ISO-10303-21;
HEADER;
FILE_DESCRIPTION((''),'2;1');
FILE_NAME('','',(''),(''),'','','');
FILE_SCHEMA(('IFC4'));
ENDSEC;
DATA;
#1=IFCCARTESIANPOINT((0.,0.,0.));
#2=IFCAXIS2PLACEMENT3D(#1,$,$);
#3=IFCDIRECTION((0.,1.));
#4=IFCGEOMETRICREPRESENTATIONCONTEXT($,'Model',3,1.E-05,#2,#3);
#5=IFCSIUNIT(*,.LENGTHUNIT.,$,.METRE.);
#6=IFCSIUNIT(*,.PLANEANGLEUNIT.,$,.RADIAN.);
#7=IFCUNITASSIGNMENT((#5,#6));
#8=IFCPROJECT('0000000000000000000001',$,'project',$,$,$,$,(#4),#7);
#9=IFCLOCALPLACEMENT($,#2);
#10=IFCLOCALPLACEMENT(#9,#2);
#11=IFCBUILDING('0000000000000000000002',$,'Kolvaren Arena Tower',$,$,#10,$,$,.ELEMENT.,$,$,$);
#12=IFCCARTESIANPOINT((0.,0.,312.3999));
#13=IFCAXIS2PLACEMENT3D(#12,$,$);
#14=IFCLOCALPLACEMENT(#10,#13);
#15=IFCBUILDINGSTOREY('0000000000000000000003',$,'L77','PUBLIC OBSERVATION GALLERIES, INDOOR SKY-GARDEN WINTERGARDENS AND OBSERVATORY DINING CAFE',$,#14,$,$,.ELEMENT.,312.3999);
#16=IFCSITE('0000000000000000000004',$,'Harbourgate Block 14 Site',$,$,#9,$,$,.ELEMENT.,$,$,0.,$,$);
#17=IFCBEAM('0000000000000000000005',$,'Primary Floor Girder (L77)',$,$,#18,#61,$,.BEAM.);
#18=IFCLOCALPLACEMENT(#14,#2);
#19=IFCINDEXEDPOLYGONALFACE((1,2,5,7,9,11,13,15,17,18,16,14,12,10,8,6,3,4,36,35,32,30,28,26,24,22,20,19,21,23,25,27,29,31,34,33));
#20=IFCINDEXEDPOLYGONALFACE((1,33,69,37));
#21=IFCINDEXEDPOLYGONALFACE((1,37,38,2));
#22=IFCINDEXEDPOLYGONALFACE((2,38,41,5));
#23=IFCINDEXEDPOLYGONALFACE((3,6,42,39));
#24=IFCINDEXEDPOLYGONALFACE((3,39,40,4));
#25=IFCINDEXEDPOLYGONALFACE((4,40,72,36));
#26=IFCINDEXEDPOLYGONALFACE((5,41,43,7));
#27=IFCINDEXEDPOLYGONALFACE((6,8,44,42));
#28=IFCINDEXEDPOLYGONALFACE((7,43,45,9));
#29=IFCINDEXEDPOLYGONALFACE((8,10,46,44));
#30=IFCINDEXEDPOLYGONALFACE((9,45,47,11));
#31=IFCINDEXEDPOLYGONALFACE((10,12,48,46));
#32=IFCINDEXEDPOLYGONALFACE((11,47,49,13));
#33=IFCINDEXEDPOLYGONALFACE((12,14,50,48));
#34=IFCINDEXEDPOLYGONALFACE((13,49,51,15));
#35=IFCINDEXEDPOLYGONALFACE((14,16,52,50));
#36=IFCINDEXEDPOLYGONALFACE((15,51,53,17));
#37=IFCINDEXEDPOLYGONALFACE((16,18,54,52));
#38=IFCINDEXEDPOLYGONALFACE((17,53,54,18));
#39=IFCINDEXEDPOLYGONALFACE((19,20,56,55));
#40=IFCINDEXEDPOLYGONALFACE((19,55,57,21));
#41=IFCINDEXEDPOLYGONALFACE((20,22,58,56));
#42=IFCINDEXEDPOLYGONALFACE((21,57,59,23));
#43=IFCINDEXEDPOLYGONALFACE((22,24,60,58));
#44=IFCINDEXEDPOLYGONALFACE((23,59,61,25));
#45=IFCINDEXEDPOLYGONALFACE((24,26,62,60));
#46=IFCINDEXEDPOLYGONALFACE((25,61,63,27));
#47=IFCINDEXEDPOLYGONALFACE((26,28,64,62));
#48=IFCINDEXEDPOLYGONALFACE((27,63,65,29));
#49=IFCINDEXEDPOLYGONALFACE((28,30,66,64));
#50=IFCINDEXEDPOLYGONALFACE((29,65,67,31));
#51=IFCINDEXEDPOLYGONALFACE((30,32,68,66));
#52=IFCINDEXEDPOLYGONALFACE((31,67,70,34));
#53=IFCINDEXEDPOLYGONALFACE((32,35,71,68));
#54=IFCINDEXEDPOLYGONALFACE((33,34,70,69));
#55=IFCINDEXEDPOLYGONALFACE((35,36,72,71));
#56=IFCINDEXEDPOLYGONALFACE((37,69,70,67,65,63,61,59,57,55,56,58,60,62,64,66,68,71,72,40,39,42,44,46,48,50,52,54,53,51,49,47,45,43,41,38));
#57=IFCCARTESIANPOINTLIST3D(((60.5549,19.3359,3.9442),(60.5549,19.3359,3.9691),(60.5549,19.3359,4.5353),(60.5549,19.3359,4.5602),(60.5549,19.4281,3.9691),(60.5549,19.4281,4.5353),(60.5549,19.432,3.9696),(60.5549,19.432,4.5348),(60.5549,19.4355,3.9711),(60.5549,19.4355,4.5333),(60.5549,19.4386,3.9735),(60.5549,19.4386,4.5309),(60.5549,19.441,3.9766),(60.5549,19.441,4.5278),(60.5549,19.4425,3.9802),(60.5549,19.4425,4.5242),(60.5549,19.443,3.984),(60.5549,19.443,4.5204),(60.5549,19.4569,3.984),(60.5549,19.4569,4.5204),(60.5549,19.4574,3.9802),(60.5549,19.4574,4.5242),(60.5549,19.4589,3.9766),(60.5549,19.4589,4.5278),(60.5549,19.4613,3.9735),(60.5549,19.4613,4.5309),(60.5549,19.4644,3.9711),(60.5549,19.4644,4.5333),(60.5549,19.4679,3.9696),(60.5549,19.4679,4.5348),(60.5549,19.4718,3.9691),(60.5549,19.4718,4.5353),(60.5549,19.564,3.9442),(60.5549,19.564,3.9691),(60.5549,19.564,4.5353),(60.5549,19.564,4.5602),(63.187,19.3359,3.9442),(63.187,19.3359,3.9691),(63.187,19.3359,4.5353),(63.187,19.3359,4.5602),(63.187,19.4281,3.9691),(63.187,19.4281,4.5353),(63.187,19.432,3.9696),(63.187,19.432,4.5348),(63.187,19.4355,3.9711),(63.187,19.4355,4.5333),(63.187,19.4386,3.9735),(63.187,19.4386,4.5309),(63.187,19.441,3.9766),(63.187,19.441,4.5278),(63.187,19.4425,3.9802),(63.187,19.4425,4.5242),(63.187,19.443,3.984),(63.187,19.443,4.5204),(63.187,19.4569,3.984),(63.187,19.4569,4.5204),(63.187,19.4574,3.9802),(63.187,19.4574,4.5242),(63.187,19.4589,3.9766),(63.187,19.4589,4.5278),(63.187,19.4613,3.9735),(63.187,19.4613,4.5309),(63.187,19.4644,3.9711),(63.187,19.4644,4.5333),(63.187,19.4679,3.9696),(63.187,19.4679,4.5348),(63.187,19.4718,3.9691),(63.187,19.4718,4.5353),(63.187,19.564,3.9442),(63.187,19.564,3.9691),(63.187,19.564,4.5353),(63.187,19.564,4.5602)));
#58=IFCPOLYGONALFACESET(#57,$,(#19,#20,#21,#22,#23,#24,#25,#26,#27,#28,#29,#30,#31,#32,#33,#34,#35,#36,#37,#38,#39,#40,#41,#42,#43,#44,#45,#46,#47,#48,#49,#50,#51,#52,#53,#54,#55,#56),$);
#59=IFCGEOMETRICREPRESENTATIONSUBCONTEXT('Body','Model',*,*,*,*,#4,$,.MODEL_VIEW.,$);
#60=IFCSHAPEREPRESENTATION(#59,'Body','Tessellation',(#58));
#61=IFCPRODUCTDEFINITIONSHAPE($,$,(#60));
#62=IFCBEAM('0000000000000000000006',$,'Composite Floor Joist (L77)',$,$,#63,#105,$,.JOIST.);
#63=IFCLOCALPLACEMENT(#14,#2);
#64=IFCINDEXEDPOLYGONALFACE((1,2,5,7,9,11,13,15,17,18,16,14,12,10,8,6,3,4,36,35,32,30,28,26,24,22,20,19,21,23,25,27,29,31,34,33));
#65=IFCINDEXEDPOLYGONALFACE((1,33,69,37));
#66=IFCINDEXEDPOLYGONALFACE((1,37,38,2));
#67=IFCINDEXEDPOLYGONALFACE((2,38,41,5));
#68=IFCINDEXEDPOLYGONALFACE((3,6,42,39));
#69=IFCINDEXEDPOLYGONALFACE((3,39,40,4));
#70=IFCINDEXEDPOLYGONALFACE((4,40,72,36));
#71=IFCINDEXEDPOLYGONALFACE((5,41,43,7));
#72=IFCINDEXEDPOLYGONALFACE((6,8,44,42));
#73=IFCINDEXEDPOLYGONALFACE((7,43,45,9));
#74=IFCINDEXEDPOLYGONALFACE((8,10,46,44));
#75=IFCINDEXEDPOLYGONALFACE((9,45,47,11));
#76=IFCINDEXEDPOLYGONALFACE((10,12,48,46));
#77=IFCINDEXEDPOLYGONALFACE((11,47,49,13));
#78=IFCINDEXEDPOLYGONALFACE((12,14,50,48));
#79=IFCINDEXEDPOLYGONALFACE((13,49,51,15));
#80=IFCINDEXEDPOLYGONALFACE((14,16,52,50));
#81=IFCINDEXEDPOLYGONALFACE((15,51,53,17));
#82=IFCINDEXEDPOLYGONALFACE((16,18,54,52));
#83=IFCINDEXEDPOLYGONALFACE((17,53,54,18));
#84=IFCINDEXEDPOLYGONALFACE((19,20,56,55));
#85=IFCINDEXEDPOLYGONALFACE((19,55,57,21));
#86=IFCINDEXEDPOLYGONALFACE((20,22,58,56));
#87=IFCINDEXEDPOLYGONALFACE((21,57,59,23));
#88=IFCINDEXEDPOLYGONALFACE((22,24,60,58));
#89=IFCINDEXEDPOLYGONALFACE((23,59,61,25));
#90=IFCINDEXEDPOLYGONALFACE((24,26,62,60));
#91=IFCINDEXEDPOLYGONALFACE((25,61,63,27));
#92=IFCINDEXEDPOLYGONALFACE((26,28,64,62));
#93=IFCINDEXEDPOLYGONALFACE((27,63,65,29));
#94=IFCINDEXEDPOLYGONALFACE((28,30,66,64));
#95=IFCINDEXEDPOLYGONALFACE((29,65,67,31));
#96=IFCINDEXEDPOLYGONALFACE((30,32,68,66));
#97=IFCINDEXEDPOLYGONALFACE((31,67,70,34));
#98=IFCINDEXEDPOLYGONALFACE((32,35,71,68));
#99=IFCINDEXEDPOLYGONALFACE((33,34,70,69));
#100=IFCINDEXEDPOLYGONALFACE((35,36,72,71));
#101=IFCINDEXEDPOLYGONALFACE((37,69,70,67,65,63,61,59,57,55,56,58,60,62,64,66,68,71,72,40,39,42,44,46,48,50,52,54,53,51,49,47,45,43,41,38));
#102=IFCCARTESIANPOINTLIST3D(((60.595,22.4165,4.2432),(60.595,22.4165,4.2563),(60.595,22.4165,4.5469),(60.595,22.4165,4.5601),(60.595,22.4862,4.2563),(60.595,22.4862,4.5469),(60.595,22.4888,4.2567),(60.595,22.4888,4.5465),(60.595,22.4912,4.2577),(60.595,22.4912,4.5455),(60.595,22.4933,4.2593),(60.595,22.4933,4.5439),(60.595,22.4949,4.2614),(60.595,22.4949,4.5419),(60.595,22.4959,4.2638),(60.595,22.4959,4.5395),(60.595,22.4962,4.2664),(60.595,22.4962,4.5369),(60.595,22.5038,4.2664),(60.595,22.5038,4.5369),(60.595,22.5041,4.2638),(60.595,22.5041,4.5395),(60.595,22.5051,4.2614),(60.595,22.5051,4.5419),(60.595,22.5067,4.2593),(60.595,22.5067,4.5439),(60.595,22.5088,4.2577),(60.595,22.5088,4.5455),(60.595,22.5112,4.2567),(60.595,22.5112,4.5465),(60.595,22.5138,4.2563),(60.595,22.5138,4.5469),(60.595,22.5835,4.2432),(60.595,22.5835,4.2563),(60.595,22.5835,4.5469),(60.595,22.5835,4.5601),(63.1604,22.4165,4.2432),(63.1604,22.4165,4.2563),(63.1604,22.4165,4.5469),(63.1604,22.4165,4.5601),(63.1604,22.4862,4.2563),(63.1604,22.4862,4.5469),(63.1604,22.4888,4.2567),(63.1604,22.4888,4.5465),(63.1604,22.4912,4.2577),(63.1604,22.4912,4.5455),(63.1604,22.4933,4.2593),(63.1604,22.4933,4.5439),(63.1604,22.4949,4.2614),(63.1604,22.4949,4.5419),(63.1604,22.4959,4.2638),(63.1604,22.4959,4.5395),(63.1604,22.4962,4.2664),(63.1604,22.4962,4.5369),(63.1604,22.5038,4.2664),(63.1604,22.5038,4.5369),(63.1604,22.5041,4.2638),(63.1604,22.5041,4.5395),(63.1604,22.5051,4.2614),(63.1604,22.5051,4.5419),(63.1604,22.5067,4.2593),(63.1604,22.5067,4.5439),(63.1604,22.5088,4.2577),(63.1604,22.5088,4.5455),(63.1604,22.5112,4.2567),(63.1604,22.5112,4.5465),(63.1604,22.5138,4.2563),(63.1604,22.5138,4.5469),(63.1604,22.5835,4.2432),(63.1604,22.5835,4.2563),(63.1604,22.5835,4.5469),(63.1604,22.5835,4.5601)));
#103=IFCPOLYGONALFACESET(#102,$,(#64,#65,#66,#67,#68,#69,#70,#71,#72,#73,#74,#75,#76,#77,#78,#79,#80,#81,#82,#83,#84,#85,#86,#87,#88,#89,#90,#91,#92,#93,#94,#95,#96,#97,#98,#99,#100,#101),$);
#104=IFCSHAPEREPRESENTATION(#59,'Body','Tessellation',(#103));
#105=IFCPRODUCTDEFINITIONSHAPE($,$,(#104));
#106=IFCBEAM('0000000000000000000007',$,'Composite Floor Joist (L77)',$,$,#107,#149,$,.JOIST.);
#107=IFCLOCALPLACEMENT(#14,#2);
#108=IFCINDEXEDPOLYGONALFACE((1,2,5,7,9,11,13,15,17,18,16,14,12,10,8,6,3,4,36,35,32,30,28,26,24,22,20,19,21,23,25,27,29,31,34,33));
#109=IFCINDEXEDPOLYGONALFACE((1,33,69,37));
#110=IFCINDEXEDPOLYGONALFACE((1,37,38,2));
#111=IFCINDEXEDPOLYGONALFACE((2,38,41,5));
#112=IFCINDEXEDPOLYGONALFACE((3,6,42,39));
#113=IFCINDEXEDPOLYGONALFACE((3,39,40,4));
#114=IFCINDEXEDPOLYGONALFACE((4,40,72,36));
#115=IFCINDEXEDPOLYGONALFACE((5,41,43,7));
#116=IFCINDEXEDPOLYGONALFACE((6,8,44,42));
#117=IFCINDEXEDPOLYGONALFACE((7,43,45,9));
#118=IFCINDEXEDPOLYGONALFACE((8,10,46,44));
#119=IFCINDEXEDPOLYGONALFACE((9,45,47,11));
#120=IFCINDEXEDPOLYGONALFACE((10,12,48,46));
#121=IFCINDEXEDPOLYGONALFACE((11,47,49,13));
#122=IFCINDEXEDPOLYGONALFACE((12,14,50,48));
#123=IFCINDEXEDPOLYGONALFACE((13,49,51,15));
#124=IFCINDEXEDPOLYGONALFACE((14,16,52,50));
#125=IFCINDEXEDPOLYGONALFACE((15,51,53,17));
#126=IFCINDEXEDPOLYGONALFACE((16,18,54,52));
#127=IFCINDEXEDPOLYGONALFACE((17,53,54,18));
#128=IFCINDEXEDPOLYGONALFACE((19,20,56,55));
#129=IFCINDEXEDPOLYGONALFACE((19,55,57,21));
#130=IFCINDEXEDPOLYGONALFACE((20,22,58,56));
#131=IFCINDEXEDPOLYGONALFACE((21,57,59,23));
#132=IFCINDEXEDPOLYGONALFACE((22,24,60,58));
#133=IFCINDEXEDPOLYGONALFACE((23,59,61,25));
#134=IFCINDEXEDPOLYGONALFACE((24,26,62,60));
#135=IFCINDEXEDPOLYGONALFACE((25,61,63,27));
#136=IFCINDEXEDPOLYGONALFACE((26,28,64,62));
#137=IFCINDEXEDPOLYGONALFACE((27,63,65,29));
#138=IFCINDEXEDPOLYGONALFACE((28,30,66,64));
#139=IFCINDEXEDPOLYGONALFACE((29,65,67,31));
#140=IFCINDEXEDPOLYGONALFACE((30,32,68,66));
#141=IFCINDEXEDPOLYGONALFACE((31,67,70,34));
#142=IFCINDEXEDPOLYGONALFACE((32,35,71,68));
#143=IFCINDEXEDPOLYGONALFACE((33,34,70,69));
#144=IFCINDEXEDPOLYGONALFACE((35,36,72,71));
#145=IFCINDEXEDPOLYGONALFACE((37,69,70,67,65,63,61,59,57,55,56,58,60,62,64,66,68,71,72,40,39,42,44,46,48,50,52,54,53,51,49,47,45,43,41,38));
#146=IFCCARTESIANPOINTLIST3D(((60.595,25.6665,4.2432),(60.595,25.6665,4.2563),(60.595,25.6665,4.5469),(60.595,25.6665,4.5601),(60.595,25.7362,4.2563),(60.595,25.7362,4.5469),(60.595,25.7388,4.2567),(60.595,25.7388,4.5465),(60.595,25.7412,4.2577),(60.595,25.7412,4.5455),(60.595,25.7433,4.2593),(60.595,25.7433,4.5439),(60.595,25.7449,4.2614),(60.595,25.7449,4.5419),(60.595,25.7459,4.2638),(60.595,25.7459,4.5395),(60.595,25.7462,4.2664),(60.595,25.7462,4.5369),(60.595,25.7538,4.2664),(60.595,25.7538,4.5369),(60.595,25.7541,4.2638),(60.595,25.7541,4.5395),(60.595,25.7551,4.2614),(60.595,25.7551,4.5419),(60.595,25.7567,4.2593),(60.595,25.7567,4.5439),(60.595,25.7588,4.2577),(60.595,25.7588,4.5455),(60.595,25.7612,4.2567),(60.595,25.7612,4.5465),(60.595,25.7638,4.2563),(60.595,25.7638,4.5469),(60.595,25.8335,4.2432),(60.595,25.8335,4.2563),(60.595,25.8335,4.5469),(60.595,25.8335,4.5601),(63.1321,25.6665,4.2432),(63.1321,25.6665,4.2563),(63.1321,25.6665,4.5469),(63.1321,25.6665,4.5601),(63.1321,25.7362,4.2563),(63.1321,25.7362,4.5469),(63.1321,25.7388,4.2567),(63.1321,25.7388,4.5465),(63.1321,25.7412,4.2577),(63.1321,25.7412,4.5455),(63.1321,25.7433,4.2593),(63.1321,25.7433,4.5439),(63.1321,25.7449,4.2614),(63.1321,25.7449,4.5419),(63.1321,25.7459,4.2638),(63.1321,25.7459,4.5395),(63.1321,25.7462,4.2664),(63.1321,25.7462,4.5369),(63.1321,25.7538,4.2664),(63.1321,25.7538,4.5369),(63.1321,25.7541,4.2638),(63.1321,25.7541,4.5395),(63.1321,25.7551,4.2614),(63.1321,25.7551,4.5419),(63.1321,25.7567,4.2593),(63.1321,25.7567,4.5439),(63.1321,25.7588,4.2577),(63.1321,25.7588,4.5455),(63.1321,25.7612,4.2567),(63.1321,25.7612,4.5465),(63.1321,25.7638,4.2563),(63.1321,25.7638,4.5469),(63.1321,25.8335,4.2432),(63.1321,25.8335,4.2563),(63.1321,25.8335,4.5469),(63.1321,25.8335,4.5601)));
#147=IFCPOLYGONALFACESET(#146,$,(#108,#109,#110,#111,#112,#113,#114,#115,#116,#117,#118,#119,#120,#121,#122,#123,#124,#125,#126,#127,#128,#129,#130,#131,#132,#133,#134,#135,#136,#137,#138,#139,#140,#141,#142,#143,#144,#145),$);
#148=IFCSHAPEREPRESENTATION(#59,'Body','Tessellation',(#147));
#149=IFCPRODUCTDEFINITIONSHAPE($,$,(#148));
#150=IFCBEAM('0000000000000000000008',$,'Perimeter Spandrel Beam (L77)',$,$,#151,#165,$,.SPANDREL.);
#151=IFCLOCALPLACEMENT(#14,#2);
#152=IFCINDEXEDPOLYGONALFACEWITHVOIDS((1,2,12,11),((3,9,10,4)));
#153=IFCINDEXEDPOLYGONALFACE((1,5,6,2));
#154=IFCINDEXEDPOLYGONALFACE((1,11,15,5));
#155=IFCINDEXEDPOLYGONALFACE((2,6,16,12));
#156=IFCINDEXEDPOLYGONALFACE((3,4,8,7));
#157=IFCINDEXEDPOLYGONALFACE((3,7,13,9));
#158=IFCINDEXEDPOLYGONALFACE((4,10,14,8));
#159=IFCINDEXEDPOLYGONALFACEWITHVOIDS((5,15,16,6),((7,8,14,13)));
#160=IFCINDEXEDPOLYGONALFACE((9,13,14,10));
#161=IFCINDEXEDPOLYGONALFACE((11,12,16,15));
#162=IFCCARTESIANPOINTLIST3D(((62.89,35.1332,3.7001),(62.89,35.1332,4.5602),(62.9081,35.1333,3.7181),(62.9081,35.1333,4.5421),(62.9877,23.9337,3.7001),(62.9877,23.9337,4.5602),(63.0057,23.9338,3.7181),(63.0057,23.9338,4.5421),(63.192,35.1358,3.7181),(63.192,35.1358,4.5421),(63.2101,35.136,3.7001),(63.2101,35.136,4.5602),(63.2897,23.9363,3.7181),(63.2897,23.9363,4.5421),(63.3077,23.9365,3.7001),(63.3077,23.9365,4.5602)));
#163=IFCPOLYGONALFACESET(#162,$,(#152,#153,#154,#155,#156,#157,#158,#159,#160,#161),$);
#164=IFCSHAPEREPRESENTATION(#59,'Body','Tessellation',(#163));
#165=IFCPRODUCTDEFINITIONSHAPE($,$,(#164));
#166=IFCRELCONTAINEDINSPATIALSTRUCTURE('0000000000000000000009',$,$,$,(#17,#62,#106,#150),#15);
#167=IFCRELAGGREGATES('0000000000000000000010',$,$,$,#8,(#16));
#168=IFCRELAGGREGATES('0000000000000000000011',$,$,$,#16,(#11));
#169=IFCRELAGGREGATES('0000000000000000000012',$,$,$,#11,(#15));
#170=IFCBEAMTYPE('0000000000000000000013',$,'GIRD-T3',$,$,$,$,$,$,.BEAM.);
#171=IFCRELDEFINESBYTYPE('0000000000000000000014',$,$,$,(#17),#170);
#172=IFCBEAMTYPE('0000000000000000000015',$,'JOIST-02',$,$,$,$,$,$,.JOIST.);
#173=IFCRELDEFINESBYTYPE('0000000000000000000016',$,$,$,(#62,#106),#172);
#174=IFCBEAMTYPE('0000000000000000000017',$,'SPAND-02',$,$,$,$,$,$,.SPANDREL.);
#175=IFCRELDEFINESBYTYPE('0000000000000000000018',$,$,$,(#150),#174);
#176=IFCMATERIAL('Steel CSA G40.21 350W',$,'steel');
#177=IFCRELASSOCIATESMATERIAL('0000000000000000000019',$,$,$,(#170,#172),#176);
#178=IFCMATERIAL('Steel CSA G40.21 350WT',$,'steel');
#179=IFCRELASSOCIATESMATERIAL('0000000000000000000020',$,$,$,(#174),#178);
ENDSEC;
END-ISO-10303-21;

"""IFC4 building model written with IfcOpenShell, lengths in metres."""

from ifc_helpers import new_model, si_unit, direction, frame, origin, origin_2d, place, context, subcontext, project, spatial, hollow_rectangle, i_section, extrude, material, material_profile, profile_set, type_object, element, save


model = new_model("IFC4")

# Units and contexts
model_context = context("Model", 3, precision=1e-05, world=origin(), true_north=direction((0.0, 1.0)))
body_context = subcontext(model_context, "Body", "Model", "MODEL_VIEW")
ifc_project = project(units=[si_unit("LENGTHUNIT", "METRE"), si_unit("PLANEANGLEUNIT", "RADIAN")], contexts=[model_context])

# Site, building, storey
site_placement = place(None, origin())
site = spatial("IfcSite", under=ifc_project, at=site_placement, Name="Harbourgate Block 14 Site", CompositionType="ELEMENT", RefElevation=0.0)
building_placement = place(site_placement, origin())
building = spatial("IfcBuilding", under=site, at=building_placement, Name="Kolvaren Arena Tower", CompositionType="ELEMENT")
storey_placement = place(building_placement, frame((0.0, 0.0, 312.3999)))
storey = spatial("IfcBuildingStorey", under=building, at=storey_placement, Name="L77", Description="PUBLIC OBSERVATION GALLERIES, INDOOR SKY-GARDEN WINTERGARDENS AND OBSERVATORY DINING CAFE", CompositionType="ELEMENT", Elevation=312.3999)

# Beams
ifc_material_1 = material(Name="Steel CSA G40.21 350W", Category="steel")
ifc_material_profile_1 = material_profile(ifc_material_1, i_section(OverallWidth=0.228, OverallDepth=0.616, WebThickness=0.0139, FlangeThickness=0.0249, FilletRadius=0.0149, at=origin_2d()), Name="W610x174")
ifc_profile_set_1 = profile_set([ifc_material_profile_1], Name="Steel CSA G40.21 350W")
beam_type_1 = type_object("IfcBeamType", Name="GIRD-T3", PredefinedType="BEAM", material=ifc_profile_set_1)
beam_1_placement = place(storey_placement, frame((60.5549, 19.45, 4.2522), z_axis=(1.0, 0.0, 0.0), x_axis=(0.0, 1.0, 0.0)))
element("IfcBeam", 1, at=beam_1_placement, inside=storey, type_object=beam_type_1, Name="Primary Floor Girder (L77)", PredefinedType="BEAM", context=body_context, shape_type="SweptSolid", body=[
    extrude(i_section(OverallWidth=0.228, OverallDepth=0.616, WebThickness=0.0139, FlangeThickness=0.0249, FilletRadius=0.0149, at=origin_2d()), origin(), (0.0, 0.0, 1.0), 2.6321),
])
ifc_material_profile_2 = material_profile(ifc_material_1, i_section(OverallWidth=0.167, OverallDepth=0.3169, WebThickness=0.0076, FlangeThickness=0.0132, FilletRadius=0.01, at=origin_2d()), Name="W310x52")
ifc_profile_set_2 = profile_set([ifc_material_profile_2], Name="Steel CSA G40.21 350W")
beam_type_2 = type_object("IfcBeamType", Name="JOIST-02", PredefinedType="JOIST", material=ifc_profile_set_2)
beam_2_placement = place(storey_placement, frame((60.595, 22.5, 4.4016), z_axis=(1.0, 0.0, 0.0), x_axis=(0.0, 1.0, 0.0)))
element("IfcBeam", 2, at=beam_2_placement, inside=storey, type_object=beam_type_2, Name="Composite Floor Joist (L77)", PredefinedType="JOIST", context=body_context, shape_type="SweptSolid", body=[
    extrude(i_section(OverallWidth=0.167, OverallDepth=0.3169, WebThickness=0.0076, FlangeThickness=0.0132, FilletRadius=0.01, at=origin_2d()), origin(), (0.0, 0.0, 1.0), 2.5654),
])
beam_3_placement = place(storey_placement, frame((60.595, 25.75, 4.4016), z_axis=(1.0, 0.0, 0.0), x_axis=(0.0, 1.0, 0.0)))
element("IfcBeam", 3, at=beam_3_placement, inside=storey, type_object=beam_type_2, Name="Composite Floor Joist (L77)", PredefinedType="JOIST", context=body_context, shape_type="SweptSolid", body=[
    extrude(i_section(OverallWidth=0.167, OverallDepth=0.3169, WebThickness=0.0076, FlangeThickness=0.0132, FilletRadius=0.01, at=origin_2d()), origin(), (0.0, 0.0, 1.0), 2.5371),
])
ifc_material_2 = material(Name="Steel CSA G40.21 350WT", Category="steel")
ifc_material_profile_3 = material_profile(ifc_material_2, hollow_rectangle(XDim=0.3201, YDim=0.8601, WallThickness=0.0181, at=origin_2d()), Name="HSS 860x320x18")
ifc_profile_set_3 = profile_set([ifc_material_profile_3], Name="Steel CSA G40.21 350WT")
beam_type_3 = type_object("IfcBeamType", Name="SPAND-02", PredefinedType="SPANDREL", material=ifc_profile_set_3)
beam_4_placement = place(storey_placement, frame((63.1477, 23.9351, 4.1301), z_axis=(-0.008719, 0.999962, 0.0), x_axis=(-0.999962, -0.008719, 0.0)))
element("IfcBeam", 4, at=beam_4_placement, inside=storey, type_object=beam_type_3, Name="Perimeter Spandrel Beam (L77)", PredefinedType="SPANDREL", context=body_context, shape_type="SweptSolid", body=[
    extrude(hollow_rectangle(XDim=0.3201, YDim=0.8601, WallThickness=0.0181, at=origin_2d()), origin(), (0.0, 0.0, 1.0), 11.2),
])

save(model, "model.ifc")
